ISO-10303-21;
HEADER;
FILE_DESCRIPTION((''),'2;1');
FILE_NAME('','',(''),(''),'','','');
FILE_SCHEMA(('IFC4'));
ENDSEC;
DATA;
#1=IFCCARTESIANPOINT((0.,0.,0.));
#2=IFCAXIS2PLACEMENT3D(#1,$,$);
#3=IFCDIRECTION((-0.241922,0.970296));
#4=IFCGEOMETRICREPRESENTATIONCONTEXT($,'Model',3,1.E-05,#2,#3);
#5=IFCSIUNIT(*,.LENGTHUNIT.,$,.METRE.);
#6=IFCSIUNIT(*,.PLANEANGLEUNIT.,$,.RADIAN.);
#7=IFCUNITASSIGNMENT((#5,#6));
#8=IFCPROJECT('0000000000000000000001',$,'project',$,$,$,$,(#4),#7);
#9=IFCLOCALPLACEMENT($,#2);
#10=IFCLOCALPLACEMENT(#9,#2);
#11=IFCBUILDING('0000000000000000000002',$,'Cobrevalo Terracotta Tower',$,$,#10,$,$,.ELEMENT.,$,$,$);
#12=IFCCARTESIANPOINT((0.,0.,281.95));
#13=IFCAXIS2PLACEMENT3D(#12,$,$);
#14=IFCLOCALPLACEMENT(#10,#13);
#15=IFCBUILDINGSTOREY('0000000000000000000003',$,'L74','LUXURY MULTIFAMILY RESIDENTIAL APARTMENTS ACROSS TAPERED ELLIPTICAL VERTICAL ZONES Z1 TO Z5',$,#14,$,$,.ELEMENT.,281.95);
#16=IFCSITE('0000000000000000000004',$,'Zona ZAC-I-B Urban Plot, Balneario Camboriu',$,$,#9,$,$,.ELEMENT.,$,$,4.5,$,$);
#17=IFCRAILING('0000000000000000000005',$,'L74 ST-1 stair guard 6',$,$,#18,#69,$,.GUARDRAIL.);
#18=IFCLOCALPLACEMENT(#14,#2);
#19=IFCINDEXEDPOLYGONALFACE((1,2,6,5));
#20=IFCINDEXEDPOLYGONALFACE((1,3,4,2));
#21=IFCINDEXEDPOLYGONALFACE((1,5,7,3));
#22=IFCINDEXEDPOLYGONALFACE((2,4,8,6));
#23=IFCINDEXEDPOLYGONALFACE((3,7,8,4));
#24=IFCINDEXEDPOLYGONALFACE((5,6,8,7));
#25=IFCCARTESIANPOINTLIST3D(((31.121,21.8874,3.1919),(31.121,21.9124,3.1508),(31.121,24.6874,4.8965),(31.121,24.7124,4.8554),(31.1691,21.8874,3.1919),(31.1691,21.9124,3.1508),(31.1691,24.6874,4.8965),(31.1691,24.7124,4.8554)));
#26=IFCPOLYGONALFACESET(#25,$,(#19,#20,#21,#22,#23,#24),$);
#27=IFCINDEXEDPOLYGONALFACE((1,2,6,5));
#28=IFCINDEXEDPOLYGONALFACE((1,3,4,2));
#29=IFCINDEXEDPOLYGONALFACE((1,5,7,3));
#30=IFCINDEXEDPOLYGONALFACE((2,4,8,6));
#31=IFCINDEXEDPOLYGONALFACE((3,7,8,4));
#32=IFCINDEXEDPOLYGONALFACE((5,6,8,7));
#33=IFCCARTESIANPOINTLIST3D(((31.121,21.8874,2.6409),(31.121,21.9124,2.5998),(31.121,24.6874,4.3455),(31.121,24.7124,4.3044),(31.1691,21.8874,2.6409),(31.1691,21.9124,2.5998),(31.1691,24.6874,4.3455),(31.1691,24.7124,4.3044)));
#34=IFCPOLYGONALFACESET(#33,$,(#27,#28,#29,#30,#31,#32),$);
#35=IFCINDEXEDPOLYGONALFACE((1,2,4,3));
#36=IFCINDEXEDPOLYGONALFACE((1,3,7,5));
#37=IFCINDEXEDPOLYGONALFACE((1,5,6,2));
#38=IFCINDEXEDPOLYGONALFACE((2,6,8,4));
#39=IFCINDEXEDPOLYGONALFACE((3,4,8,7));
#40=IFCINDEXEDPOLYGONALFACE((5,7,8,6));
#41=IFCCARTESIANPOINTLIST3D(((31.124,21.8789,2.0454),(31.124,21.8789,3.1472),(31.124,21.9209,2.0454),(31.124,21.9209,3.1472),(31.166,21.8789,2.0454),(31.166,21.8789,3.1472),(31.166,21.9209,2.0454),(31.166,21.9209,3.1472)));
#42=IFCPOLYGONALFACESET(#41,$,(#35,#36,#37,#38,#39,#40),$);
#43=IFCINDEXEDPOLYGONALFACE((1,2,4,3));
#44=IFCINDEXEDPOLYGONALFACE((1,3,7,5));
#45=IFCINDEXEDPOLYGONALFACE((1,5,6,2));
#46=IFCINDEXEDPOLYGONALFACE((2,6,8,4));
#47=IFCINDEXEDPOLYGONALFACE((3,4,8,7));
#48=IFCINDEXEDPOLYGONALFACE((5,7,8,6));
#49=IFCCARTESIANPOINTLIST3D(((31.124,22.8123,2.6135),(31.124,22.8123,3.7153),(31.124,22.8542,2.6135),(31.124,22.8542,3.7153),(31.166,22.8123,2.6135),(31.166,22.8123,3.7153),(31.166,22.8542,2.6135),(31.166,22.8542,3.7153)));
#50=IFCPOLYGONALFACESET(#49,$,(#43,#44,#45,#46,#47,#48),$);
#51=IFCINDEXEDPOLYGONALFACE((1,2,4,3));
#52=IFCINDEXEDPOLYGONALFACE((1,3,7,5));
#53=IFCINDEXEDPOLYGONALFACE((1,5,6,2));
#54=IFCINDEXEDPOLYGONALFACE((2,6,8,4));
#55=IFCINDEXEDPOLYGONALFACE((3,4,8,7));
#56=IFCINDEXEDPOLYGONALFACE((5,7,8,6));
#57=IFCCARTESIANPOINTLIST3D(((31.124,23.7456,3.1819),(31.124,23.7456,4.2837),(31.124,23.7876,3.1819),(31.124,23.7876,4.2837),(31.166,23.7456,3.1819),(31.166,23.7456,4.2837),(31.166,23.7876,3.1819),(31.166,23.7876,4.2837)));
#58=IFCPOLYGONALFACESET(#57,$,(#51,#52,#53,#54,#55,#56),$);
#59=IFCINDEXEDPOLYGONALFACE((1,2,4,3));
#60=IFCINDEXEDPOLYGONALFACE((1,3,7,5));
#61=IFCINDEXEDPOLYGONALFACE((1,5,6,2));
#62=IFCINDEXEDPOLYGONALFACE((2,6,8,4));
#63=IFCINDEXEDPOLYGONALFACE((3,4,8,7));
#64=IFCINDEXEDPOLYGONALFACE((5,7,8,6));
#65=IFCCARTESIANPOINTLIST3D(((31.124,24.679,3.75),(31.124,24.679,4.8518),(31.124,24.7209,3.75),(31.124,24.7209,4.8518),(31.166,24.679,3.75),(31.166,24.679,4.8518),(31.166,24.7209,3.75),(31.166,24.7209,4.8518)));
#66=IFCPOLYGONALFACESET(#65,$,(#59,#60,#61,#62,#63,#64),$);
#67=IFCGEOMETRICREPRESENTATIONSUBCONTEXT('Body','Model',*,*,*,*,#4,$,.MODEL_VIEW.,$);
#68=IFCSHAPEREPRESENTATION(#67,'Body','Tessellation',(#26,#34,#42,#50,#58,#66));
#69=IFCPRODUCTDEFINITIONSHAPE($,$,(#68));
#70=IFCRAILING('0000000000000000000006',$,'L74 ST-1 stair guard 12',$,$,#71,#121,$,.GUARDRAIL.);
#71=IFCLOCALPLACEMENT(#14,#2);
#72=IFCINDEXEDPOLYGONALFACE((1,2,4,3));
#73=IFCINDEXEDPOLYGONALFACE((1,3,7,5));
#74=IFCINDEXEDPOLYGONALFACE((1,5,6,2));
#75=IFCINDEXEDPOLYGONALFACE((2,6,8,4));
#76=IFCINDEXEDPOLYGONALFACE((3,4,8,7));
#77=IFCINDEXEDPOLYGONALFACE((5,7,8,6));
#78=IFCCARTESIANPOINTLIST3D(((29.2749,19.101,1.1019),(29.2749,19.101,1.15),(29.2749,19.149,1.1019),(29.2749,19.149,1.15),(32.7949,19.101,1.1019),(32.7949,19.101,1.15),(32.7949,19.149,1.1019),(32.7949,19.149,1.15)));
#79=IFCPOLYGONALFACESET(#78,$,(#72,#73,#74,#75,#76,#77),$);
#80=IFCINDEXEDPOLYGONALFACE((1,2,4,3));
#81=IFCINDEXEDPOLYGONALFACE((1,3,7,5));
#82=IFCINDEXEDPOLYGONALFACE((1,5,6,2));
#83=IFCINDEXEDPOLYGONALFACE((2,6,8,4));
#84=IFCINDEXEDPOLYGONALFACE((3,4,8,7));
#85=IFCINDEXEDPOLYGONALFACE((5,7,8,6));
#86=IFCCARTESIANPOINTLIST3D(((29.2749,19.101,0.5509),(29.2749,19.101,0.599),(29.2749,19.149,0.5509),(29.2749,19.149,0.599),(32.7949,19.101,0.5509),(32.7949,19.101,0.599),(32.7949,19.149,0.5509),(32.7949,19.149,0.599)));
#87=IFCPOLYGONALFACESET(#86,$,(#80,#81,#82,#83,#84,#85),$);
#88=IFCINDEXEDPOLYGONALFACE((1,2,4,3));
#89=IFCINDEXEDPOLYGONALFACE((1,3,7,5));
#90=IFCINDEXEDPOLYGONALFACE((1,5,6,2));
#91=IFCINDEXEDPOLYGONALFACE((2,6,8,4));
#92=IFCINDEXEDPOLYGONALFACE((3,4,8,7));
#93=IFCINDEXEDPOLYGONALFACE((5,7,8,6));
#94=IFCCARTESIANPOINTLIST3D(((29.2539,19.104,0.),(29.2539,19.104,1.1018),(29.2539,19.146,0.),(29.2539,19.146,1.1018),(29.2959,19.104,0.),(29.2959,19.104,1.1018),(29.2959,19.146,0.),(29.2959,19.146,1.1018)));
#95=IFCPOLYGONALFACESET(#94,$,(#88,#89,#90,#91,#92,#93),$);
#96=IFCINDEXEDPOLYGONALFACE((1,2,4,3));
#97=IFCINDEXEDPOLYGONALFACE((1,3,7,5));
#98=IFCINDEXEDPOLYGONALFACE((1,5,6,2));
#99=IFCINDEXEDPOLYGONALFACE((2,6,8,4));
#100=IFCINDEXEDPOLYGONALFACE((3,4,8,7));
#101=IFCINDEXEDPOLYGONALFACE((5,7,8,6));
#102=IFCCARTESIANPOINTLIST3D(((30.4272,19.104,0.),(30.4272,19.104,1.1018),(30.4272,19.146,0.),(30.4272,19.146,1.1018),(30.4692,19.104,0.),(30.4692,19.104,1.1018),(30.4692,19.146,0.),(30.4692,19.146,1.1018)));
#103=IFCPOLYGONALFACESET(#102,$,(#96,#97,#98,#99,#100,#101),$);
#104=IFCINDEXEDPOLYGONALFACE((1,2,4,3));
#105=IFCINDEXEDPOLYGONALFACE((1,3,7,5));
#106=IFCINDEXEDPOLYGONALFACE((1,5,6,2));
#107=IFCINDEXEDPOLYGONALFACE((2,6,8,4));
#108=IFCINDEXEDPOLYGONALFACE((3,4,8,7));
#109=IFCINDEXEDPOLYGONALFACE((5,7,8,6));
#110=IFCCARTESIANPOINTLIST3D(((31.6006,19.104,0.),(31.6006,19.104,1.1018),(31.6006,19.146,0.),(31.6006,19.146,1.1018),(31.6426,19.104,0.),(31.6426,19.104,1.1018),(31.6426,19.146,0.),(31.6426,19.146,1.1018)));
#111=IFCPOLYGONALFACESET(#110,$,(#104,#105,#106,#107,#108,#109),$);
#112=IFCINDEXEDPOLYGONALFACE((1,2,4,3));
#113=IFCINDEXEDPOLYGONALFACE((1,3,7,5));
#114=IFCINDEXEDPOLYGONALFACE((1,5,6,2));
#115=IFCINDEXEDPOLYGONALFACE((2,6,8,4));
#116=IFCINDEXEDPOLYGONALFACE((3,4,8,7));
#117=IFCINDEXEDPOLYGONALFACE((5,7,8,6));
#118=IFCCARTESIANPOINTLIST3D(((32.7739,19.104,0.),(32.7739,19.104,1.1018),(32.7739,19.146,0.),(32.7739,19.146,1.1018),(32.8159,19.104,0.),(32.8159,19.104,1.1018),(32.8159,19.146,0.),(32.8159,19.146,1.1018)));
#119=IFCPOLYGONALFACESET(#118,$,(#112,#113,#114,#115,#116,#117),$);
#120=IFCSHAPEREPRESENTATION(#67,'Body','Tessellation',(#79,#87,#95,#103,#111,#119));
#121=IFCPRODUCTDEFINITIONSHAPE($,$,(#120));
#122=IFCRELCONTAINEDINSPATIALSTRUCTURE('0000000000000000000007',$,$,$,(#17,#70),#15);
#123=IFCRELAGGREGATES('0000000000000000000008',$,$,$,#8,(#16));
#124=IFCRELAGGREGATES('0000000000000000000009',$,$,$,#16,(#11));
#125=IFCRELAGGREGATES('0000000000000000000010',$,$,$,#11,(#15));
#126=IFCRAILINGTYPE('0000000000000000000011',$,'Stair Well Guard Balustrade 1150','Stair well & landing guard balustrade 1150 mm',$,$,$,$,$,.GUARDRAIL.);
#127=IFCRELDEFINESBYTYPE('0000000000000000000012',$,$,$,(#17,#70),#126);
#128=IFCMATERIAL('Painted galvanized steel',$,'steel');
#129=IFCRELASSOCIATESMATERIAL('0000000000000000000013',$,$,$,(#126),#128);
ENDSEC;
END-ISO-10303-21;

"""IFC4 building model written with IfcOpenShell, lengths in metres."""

from ifc_helpers import new_model, si_unit, direction, frame, origin, origin_2d, place, context, subcontext, project, spatial, rectangle, extrude, material, type_object, element, save


model = new_model("IFC4")

# Units and contexts
model_context = context("Model", 3, precision=1e-05, world=origin(), true_north=direction((-0.241922, 0.970296)))
body_context = subcontext(model_context, "Body", "Model", "MODEL_VIEW")
ifc_project = project(units=[si_unit("LENGTHUNIT", "METRE"), si_unit("PLANEANGLEUNIT", "RADIAN")], contexts=[model_context])

# Site, building, storey
site_placement = place(None, origin())
site = spatial("IfcSite", under=ifc_project, at=site_placement, Name="Zona ZAC-I-B Urban Plot, Balneario Camboriu", CompositionType="ELEMENT", RefElevation=4.5)
building_placement = place(site_placement, origin())
building = spatial("IfcBuilding", under=site, at=building_placement, Name="Cobrevalo Terracotta Tower", CompositionType="ELEMENT")
storey_placement = place(building_placement, frame((0.0, 0.0, 281.95)))
storey = spatial("IfcBuildingStorey", under=building, at=storey_placement, Name="L74", Description="LUXURY MULTIFAMILY RESIDENTIAL APARTMENTS ACROSS TAPERED ELLIPTICAL VERTICAL ZONES Z1 TO Z5", CompositionType="ELEMENT", Elevation=281.95)

# Railings
ifc_material_1 = material(Name="Painted galvanized steel", Category="steel")
railing_type_1 = type_object("IfcRailingType", Name="Stair Well Guard Balustrade 1150", Description="Stair well & landing guard balustrade 1150 mm", PredefinedType="GUARDRAIL", material=ifc_material_1)
railing_1_placement = place(storey_placement, frame((31.145, 21.8999, 2.0454)))
element("IfcRailing", 1, at=railing_1_placement, inside=storey, type_object=railing_type_1, Name="L74 ST-1 stair guard 6", PredefinedType="GUARDRAIL", context=body_context, shape_type="SweptSolid", body=[
    extrude(rectangle(XDim=0.0481, YDim=0.0481, at=origin_2d()), frame((0.0, 0.0, 1.126), z_axis=(0.0, 0.85417, 0.519994), x_axis=(-1.0, 0.0, 0.0)), (0.0, 0.0, 1.0), 3.2781),
    extrude(rectangle(XDim=0.0481, YDim=0.0481, at=origin_2d()), frame((0.0, 0.0, 0.575), z_axis=(0.0, 0.85417, 0.519994), x_axis=(-1.0, 0.0, 0.0)), (0.0, 0.0, 1.0), 3.2781),
    extrude(rectangle(XDim=0.042, YDim=0.042, at=origin_2d()), origin(), (0.0, 0.0, 1.0), 1.1018),
    extrude(rectangle(XDim=0.042, YDim=0.042, at=origin_2d()), frame((0.0, 0.9333, 0.5681)), (0.0, 0.0, 1.0), 1.1018),
    extrude(rectangle(XDim=0.042, YDim=0.042, at=origin_2d()), frame((0.0, 1.8667, 1.1365)), (0.0, 0.0, 1.0), 1.1018),
    extrude(rectangle(XDim=0.042, YDim=0.042, at=origin_2d()), frame((0.0, 2.8, 1.7046)), (0.0, 0.0, 1.0), 1.1018),
])
railing_2_placement = place(storey_placement, frame((29.2749, 19.125, 0.0)))
element("IfcRailing", 2, at=railing_2_placement, inside=storey, type_object=railing_type_1, Name="L74 ST-1 stair guard 12", PredefinedType="GUARDRAIL", context=body_context, shape_type="SweptSolid", body=[
    extrude(rectangle(XDim=0.0481, YDim=0.0481, at=origin_2d()), frame((0.0, 0.0, 1.126), z_axis=(1.0, 0.0, 0.0), x_axis=(0.0, 1.0, 0.0)), (0.0, 0.0, 1.0), 3.52),
    extrude(rectangle(XDim=0.0481, YDim=0.0481, at=origin_2d()), frame((0.0, 0.0, 0.575), z_axis=(1.0, 0.0, 0.0), x_axis=(0.0, 1.0, 0.0)), (0.0, 0.0, 1.0), 3.52),
    extrude(rectangle(XDim=0.042, YDim=0.042, at=origin_2d()), origin(), (0.0, 0.0, 1.0), 1.1018),
    extrude(rectangle(XDim=0.042, YDim=0.042, at=origin_2d()), frame((1.1733, 0.0, 0.0)), (0.0, 0.0, 1.0), 1.1018),
    extrude(rectangle(XDim=0.042, YDim=0.042, at=origin_2d()), frame((2.3467, 0.0, 0.0)), (0.0, 0.0, 1.0), 1.1018),
    extrude(rectangle(XDim=0.042, YDim=0.042, at=origin_2d()), frame((3.52, 0.0, 0.0)), (0.0, 0.0, 1.0), 1.1018),
])

save(model, "model.ifc")
